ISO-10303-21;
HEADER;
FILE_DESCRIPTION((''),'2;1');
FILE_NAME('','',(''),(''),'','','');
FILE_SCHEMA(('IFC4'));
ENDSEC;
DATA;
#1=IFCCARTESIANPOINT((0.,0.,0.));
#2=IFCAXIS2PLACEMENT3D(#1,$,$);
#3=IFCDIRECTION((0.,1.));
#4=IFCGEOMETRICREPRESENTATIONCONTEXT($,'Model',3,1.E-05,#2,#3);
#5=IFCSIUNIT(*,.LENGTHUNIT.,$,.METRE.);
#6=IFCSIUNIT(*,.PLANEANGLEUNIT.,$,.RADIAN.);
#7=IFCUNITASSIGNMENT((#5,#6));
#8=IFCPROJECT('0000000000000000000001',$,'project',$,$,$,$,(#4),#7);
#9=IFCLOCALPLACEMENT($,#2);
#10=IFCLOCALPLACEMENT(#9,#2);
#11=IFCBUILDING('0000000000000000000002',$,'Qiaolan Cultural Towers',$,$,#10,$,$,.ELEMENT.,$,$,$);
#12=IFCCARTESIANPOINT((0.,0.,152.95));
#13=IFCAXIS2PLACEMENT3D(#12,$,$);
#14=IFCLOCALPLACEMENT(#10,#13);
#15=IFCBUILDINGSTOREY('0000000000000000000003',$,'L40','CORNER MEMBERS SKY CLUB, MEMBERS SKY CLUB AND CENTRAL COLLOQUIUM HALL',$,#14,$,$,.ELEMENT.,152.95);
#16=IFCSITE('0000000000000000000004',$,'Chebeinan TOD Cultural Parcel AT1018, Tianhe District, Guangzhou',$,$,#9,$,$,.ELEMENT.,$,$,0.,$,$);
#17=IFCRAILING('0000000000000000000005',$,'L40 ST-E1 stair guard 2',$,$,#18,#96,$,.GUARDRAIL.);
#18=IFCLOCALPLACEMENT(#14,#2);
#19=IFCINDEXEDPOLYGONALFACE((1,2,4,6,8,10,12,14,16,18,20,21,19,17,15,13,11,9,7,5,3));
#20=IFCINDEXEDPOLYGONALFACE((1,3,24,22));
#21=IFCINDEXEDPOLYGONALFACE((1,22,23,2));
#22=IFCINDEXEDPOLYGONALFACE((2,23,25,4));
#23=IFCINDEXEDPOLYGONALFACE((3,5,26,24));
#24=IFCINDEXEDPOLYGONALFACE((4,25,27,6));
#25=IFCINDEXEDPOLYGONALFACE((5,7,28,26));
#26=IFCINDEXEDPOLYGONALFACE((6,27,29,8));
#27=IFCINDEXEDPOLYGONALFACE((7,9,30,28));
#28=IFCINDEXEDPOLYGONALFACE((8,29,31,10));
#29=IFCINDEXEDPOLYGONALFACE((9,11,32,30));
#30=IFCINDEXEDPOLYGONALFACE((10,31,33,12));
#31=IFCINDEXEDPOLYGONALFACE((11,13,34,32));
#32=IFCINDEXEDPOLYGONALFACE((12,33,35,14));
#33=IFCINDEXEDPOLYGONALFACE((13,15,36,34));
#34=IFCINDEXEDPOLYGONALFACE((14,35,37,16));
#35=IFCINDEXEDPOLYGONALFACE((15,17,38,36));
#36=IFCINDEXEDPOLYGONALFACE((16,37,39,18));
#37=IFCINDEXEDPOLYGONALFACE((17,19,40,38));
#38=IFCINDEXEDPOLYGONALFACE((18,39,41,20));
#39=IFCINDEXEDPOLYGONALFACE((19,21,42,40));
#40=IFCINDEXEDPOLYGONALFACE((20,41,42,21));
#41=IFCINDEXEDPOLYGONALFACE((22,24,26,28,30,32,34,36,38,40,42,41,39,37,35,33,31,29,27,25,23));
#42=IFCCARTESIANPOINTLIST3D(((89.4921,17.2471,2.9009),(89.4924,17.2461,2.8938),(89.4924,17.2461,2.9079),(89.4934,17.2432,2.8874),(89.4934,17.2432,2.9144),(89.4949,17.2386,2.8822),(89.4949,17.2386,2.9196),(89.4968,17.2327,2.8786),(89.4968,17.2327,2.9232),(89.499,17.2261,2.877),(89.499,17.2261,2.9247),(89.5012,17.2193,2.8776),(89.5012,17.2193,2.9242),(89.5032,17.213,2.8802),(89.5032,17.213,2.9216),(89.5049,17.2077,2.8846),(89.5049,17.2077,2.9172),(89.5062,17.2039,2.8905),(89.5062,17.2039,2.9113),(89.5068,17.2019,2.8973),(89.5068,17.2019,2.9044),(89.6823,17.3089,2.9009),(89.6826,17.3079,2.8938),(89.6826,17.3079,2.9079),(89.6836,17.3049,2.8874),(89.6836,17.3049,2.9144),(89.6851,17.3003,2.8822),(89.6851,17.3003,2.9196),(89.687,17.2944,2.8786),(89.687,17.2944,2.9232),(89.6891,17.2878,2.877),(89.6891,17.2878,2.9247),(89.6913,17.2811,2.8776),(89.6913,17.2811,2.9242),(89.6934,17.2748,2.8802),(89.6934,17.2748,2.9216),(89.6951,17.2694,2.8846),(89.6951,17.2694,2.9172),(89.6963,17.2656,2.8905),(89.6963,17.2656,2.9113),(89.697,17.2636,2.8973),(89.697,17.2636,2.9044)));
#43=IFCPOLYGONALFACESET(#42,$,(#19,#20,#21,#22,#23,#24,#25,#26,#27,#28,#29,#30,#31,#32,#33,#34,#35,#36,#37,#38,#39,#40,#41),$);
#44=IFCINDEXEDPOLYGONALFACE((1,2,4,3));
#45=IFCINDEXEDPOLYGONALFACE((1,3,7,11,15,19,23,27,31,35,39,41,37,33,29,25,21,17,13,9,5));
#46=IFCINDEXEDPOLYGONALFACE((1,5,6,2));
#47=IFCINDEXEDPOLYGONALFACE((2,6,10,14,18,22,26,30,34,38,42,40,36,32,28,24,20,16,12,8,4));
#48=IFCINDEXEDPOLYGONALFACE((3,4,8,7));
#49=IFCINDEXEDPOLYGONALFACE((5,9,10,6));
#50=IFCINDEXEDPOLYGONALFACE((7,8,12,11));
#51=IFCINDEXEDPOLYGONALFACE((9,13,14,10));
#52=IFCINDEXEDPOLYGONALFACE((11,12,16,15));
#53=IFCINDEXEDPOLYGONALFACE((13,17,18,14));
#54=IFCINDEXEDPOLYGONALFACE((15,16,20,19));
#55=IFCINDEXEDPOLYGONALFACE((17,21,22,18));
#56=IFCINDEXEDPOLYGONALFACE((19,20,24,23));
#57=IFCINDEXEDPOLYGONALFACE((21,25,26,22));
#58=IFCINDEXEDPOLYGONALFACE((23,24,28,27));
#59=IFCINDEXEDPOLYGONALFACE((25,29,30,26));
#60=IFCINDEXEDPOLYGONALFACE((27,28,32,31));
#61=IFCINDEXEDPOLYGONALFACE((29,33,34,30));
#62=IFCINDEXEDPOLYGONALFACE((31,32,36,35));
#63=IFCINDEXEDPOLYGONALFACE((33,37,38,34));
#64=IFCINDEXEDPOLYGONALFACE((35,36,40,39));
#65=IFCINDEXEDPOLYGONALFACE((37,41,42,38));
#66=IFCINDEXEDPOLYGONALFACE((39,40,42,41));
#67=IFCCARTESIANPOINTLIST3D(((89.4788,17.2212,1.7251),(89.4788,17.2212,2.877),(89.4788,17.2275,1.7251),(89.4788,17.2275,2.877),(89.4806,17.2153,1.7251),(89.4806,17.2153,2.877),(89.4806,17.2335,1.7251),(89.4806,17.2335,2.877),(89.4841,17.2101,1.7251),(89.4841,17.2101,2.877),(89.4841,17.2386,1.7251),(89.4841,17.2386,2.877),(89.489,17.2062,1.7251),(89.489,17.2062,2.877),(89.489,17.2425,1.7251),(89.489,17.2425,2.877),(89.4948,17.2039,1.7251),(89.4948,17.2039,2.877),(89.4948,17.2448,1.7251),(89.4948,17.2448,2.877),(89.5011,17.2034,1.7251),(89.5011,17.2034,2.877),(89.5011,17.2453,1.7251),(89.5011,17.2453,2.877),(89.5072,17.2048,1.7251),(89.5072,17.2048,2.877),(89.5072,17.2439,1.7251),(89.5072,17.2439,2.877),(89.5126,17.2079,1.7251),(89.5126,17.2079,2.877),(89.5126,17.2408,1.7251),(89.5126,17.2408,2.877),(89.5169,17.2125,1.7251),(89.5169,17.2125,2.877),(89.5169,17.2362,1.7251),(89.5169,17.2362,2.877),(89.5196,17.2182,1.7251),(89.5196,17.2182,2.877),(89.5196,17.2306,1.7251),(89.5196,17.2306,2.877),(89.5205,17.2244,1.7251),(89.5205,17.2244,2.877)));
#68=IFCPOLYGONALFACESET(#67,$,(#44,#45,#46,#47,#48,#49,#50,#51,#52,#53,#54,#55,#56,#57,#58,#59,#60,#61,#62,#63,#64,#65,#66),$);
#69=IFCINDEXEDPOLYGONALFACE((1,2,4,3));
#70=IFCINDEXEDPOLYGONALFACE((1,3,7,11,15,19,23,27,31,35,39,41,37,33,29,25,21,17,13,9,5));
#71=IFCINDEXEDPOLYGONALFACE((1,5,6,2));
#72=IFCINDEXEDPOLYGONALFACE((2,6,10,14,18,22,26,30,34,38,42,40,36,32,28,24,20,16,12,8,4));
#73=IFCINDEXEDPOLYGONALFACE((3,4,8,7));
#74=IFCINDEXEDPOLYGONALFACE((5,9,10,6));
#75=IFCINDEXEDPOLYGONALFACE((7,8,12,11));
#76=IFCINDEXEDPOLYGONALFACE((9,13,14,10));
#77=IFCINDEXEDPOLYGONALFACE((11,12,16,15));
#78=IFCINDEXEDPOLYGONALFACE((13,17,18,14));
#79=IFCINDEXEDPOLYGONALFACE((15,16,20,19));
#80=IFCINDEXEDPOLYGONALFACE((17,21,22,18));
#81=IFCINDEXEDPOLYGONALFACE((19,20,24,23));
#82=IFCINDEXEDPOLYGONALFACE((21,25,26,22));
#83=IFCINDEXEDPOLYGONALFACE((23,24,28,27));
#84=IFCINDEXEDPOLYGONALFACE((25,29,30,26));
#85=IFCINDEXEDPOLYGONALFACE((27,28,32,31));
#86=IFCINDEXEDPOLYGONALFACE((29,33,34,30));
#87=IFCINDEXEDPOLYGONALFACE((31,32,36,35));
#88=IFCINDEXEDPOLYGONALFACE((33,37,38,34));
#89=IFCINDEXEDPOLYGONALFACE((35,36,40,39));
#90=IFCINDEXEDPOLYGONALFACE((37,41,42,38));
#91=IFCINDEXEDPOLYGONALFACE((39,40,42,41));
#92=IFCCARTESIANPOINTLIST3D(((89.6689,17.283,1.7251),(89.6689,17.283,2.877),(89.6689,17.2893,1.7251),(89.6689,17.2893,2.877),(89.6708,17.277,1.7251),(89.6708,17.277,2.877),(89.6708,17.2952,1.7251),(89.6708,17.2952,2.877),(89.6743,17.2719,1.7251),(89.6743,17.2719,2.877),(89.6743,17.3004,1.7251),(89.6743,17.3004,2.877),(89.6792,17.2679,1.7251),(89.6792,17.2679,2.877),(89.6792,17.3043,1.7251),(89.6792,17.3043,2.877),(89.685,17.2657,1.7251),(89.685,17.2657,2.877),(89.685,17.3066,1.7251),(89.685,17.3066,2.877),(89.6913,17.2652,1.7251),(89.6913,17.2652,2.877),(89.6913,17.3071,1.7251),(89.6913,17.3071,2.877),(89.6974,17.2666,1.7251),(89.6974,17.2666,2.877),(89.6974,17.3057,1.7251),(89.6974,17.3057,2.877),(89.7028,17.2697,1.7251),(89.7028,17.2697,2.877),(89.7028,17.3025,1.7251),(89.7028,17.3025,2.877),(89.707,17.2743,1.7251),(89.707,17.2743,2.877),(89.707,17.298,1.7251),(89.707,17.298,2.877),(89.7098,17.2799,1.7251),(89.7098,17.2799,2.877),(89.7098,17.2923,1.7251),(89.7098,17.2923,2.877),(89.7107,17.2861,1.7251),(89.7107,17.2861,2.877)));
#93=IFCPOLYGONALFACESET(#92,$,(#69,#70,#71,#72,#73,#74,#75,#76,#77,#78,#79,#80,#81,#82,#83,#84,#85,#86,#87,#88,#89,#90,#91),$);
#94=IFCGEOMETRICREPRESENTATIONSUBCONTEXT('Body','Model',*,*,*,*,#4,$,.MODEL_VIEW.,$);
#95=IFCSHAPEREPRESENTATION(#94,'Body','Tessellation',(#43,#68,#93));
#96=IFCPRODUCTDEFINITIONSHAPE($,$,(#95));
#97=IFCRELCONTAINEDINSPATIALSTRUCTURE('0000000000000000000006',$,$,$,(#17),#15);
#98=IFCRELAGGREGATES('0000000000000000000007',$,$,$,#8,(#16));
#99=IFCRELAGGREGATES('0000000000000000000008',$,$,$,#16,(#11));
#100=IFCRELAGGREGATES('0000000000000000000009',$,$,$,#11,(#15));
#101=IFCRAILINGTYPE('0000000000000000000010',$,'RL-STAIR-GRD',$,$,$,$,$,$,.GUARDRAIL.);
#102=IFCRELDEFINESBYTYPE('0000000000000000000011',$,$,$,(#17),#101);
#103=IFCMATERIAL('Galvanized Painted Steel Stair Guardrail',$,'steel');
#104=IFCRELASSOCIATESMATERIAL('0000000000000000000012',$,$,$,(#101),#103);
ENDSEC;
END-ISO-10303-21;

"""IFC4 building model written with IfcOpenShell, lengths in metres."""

from ifc_helpers import new_model, si_unit, direction, frame, origin, origin_2d, place, context, subcontext, project, spatial, circle, extrude, material, type_object, element, save


model = new_model("IFC4")

# Units and contexts
model_context = context("Model", 3, precision=1e-05, world=origin(), true_north=direction((0.0, 1.0)))
body_context = subcontext(model_context, "Body", "Model", "MODEL_VIEW")
ifc_project = project(units=[si_unit("LENGTHUNIT", "METRE"), si_unit("PLANEANGLEUNIT", "RADIAN")], contexts=[model_context])

# Site, building, storey
site_placement = place(None, origin())
site = spatial("IfcSite", under=ifc_project, at=site_placement, Name="Chebeinan TOD Cultural Parcel AT1018, Tianhe District, Guangzhou", CompositionType="ELEMENT", RefElevation=0.0)
building_placement = place(site_placement, origin())
building = spatial("IfcBuilding", under=site, at=building_placement, Name="Qiaolan Cultural Towers", CompositionType="ELEMENT")
storey_placement = place(building_placement, frame((0.0, 0.0, 152.95)))
storey = spatial("IfcBuildingStorey", under=building, at=storey_placement, Name="L40", Description="CORNER MEMBERS SKY CLUB, MEMBERS SKY CLUB AND CENTRAL COLLOQUIUM HALL", CompositionType="ELEMENT", Elevation=152.95)

# Railing
ifc_material_1 = material(Name="Galvanized Painted Steel Stair Guardrail", Category="steel")
railing_type_1 = type_object("IfcRailingType", Name="RL-STAIR-GRD", PredefinedType="GUARDRAIL", material=ifc_material_1)
railing_1_placement = place(storey_placement, frame((89.4995, 17.2244, 1.7251)))
element("IfcRailing", 1, at=railing_1_placement, inside=storey, type_object=railing_type_1, Name="L40 ST-E1 stair guard 2", PredefinedType="GUARDRAIL", context=body_context, shape_type="SweptSolid", body=[
    extrude(circle(Radius=0.0239, at=origin_2d()), frame((0.0, 0.0, 1.1758), z_axis=(0.951097, 0.308893, 0.0), x_axis=(-0.308893, 0.951097, 0.0)), (0.0, 0.0, 1.0), 0.2),
    extrude(circle(Radius=0.021, at=origin_2d()), origin(), (0.0, 0.0, 1.0), 1.1519),
    extrude(circle(Radius=0.021, at=origin_2d()), frame((0.1902, 0.0618, 0.0)), (0.0, 0.0, 1.0), 1.1519),
])

save(model, "model.ifc")
